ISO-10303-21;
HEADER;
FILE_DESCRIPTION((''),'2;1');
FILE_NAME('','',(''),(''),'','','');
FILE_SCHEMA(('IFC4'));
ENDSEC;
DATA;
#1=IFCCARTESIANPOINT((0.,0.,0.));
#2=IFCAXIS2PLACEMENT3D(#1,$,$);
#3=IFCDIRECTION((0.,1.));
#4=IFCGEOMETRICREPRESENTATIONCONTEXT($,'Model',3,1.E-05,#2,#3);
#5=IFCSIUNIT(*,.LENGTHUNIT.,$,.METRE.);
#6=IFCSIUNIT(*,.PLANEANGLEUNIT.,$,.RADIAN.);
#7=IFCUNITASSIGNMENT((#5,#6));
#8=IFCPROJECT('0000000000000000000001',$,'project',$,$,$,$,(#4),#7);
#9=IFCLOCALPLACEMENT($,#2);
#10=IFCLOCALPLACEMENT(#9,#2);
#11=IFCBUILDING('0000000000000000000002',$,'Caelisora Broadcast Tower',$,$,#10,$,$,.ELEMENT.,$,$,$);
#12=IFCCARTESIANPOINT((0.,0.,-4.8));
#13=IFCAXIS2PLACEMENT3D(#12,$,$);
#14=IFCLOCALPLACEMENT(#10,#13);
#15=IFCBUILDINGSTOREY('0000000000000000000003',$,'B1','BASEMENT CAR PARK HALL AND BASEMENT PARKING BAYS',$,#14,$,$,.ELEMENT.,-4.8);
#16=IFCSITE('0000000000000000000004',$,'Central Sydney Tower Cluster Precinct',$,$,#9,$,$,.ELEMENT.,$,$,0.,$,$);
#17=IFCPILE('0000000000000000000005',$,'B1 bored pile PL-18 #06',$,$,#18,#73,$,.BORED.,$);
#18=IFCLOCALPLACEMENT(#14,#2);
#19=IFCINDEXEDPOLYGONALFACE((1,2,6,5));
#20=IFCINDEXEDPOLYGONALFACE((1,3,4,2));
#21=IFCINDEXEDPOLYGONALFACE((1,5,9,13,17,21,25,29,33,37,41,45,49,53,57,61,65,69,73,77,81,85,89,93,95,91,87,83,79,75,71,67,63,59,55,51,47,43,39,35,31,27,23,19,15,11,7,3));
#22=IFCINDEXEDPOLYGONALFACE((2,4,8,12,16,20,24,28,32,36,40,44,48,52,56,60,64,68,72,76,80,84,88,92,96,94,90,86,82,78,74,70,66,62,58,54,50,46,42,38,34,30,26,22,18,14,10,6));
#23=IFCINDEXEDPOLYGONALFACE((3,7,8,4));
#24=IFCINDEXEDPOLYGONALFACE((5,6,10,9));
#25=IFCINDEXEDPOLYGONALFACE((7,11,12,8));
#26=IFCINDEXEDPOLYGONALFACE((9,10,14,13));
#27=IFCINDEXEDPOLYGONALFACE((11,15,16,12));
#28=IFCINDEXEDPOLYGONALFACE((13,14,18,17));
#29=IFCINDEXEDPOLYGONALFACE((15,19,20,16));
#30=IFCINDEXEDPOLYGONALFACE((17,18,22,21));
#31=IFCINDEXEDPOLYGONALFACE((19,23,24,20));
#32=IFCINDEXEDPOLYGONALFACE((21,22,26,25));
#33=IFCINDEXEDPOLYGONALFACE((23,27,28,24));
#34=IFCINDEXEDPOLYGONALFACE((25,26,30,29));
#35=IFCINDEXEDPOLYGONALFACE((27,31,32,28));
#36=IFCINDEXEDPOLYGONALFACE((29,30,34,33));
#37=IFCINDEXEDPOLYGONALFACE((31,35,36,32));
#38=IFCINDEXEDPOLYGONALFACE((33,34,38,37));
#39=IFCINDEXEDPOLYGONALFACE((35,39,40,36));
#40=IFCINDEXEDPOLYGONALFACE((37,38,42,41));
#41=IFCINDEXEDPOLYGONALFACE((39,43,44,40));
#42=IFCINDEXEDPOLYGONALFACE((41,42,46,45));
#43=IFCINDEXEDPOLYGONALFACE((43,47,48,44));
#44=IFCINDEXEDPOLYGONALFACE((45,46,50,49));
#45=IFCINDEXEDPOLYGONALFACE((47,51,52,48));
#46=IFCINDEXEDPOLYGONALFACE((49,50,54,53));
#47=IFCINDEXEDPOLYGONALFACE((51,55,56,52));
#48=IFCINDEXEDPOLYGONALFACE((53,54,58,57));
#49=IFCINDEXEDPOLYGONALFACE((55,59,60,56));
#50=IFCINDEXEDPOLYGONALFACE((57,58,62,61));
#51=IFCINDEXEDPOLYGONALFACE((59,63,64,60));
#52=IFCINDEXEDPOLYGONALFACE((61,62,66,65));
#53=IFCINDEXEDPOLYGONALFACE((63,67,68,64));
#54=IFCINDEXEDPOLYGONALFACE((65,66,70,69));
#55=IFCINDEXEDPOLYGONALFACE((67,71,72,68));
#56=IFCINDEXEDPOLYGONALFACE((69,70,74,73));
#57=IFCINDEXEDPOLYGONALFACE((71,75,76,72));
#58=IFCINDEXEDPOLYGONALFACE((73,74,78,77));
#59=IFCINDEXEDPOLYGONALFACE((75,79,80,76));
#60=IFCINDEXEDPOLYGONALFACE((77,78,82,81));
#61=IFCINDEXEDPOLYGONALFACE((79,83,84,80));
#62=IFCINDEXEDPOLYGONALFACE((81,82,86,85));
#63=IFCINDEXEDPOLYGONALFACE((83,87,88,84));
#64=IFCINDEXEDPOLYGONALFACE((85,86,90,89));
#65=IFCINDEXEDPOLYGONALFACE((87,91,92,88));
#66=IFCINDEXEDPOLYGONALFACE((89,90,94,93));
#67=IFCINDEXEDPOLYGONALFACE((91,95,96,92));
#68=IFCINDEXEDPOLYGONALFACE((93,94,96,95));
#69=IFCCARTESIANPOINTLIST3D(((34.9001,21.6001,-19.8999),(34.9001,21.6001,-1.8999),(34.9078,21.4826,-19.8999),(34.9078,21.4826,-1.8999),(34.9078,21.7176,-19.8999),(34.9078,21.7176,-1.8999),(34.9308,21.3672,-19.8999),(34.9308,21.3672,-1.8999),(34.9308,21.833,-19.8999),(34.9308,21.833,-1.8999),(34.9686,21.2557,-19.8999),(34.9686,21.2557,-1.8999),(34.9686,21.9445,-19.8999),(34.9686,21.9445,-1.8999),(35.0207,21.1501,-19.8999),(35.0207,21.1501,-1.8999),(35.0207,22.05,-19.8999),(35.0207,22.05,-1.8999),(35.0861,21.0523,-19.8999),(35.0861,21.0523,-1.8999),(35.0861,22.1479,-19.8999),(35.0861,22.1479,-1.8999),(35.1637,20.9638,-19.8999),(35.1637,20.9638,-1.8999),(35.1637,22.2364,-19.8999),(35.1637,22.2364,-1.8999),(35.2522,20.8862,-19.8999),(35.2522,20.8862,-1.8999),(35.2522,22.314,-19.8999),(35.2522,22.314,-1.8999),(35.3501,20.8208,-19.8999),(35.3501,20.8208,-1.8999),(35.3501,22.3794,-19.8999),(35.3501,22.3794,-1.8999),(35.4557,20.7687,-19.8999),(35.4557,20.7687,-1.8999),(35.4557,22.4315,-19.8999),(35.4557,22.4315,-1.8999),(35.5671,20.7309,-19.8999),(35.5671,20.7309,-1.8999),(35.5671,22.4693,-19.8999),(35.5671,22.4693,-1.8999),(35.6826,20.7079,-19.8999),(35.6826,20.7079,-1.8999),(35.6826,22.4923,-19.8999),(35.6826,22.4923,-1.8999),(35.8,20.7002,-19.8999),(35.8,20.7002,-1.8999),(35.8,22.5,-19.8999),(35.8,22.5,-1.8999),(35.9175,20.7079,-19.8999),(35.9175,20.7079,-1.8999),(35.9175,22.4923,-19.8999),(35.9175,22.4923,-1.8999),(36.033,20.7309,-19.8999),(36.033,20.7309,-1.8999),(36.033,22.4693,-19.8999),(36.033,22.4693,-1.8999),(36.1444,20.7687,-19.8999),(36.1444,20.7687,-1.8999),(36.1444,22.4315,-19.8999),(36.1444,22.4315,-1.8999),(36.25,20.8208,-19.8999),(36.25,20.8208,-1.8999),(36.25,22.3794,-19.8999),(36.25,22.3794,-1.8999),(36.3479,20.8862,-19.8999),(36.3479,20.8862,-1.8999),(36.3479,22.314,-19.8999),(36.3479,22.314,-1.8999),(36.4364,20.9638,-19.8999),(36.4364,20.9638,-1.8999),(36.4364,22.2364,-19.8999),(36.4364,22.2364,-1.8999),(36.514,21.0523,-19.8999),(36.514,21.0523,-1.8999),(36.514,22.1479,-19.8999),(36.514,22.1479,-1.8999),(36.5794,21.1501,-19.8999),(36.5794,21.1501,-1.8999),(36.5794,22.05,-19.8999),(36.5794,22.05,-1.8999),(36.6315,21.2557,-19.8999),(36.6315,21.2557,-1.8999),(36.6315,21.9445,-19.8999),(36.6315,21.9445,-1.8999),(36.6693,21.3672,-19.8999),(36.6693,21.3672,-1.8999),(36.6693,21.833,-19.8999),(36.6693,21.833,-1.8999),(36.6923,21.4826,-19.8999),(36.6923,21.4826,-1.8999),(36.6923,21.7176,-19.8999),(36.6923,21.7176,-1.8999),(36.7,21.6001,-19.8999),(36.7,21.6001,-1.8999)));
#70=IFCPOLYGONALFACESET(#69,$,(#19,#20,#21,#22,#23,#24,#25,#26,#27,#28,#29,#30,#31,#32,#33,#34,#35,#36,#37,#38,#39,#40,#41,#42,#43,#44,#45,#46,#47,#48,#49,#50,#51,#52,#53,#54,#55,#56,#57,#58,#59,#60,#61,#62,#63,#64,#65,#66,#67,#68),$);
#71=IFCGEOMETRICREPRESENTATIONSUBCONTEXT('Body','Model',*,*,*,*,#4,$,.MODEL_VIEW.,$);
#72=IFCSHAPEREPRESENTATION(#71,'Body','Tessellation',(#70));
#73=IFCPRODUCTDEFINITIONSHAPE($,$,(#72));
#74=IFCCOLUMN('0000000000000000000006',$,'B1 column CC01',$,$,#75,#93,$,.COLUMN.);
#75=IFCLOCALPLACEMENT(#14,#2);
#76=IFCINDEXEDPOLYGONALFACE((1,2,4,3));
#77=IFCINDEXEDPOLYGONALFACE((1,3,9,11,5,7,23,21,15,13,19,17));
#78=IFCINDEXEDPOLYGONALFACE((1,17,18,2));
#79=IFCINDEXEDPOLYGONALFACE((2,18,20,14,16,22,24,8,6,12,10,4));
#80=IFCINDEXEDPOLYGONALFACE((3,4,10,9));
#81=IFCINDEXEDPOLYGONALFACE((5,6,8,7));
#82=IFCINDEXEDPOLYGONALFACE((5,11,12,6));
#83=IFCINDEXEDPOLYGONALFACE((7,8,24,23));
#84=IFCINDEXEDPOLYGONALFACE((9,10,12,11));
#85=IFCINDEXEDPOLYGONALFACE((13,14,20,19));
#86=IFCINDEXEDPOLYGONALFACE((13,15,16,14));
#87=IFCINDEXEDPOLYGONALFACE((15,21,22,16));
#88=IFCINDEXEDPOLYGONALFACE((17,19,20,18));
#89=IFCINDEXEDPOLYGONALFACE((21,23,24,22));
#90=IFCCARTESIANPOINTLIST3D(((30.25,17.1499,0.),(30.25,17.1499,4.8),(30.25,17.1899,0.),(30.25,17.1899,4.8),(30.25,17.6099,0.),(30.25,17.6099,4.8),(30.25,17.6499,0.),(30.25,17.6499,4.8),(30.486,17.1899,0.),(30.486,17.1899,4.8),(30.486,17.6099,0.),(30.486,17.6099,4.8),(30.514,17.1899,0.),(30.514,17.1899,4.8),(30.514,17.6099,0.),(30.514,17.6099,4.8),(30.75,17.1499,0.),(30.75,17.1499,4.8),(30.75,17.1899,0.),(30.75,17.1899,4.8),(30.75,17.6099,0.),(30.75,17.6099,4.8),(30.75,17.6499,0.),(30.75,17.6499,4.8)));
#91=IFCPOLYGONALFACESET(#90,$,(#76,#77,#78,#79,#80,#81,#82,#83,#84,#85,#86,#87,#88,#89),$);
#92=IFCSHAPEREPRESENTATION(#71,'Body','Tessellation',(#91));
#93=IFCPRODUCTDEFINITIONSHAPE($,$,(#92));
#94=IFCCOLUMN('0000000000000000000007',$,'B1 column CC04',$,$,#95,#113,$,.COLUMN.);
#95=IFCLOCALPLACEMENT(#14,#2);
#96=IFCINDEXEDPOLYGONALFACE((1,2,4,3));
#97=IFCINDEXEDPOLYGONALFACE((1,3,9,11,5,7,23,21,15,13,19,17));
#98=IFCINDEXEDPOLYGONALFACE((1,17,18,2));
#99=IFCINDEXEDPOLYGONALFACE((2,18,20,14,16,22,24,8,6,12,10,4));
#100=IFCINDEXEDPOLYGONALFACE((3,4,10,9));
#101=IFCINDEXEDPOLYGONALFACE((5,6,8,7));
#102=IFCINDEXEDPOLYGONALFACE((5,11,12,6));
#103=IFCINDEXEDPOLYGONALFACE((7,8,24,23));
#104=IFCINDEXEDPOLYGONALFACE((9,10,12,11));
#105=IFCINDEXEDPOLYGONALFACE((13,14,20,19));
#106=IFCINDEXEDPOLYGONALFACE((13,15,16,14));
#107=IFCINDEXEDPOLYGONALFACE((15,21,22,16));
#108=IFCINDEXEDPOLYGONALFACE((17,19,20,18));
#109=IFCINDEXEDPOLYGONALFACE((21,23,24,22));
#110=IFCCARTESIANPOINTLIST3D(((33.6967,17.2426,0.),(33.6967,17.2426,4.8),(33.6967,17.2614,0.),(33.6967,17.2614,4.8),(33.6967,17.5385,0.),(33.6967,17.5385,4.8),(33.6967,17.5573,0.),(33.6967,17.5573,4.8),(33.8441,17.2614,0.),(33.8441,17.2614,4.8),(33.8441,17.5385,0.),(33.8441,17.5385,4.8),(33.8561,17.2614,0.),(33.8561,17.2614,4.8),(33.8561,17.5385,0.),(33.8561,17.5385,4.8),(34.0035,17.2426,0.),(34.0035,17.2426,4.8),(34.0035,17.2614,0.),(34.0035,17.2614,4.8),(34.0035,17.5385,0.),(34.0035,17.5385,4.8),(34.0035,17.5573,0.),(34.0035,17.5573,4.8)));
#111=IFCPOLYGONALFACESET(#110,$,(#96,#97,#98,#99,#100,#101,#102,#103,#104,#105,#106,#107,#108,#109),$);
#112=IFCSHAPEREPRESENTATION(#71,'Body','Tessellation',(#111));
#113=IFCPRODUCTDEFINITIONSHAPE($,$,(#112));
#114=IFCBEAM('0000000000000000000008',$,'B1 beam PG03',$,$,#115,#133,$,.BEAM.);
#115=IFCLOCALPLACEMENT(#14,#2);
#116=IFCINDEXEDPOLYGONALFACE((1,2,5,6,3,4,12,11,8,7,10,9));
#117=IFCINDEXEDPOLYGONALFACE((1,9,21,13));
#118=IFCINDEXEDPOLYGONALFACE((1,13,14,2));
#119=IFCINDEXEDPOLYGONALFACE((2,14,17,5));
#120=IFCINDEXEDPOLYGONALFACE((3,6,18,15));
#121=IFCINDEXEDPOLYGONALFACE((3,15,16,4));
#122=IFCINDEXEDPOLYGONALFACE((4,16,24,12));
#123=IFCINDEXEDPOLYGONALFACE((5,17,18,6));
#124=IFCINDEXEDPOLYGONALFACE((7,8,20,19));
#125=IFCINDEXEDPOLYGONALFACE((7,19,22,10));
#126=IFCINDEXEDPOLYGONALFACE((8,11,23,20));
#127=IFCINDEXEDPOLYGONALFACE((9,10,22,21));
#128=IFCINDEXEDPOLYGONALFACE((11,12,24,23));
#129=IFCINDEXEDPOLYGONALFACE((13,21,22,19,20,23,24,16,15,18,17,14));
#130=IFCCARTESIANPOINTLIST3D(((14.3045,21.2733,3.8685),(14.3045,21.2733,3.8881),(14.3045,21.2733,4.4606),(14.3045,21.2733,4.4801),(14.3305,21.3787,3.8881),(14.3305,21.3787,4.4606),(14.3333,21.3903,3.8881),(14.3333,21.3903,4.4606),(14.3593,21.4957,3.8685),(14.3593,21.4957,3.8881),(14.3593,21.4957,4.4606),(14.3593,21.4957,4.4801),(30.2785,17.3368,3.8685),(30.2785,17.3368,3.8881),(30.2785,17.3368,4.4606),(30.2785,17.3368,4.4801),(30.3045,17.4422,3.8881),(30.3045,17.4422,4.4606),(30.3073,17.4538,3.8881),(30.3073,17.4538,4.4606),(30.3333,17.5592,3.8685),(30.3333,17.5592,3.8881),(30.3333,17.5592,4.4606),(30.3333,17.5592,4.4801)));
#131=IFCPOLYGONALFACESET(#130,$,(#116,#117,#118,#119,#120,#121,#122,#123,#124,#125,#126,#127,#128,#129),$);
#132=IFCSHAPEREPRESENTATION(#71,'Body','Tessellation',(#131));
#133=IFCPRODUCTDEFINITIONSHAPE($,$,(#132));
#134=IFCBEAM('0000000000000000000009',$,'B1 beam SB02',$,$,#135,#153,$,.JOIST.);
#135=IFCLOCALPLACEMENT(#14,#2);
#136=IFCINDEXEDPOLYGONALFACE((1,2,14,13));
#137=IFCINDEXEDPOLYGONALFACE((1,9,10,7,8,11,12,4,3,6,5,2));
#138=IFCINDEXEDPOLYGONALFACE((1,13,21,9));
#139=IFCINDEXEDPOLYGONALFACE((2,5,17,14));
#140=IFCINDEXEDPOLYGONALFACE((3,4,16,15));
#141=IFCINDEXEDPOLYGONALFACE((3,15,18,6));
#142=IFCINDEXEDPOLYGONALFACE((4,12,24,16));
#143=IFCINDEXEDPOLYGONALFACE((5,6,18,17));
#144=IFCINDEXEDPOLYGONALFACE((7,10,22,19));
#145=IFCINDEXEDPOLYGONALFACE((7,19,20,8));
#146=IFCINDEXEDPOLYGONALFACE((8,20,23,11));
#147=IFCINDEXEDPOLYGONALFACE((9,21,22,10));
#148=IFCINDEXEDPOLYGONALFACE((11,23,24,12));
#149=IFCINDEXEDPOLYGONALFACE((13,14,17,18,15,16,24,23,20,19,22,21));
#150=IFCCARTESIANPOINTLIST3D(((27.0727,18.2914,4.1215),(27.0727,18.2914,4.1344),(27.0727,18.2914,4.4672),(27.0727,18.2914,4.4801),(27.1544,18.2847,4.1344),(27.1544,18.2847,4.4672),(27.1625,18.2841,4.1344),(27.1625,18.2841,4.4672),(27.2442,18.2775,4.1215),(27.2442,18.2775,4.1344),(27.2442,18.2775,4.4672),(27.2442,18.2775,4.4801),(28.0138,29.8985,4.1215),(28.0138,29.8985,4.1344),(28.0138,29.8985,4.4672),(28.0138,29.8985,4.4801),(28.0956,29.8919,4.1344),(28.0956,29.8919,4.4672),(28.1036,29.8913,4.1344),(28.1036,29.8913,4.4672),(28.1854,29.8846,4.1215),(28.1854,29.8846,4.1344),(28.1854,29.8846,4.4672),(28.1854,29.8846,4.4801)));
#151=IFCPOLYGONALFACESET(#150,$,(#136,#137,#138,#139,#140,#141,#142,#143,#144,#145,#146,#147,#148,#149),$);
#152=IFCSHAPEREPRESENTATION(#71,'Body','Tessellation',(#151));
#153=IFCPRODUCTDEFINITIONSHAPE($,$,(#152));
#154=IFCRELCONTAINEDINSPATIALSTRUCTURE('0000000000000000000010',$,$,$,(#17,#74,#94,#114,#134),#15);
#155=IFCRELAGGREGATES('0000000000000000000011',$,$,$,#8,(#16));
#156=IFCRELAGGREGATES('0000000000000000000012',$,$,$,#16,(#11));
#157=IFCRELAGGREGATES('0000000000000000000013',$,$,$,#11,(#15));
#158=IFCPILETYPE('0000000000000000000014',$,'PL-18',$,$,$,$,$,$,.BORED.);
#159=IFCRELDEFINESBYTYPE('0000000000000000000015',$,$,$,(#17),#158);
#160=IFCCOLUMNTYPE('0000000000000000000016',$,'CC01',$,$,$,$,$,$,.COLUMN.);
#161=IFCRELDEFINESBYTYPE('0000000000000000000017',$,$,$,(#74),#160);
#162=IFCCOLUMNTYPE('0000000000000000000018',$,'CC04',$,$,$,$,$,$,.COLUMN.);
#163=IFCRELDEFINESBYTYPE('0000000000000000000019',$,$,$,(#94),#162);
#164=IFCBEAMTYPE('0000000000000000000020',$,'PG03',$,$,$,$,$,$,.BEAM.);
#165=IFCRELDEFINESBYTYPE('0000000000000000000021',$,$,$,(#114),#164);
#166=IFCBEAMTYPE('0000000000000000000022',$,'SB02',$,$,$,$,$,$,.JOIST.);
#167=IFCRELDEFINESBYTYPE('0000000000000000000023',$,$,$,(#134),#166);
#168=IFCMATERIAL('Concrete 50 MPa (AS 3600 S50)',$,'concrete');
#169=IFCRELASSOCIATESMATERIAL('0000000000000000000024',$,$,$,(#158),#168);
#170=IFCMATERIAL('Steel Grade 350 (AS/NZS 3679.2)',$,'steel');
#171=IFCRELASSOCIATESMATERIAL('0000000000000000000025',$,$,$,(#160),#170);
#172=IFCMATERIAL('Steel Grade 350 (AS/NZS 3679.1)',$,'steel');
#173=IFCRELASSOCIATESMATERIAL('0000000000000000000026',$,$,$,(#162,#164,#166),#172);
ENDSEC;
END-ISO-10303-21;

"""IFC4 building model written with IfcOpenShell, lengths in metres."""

from ifc_helpers import new_model, si_unit, direction, frame, origin, origin_2d, place, context, subcontext, project, spatial, circle, i_section, extrude, source, transform, mapped, material, material_profile, profile_set, type_object, type_shapes, element, save


model = new_model("IFC4")

# Units and contexts
model_context = context("Model", 3, precision=1e-05, world=origin(), true_north=direction((0.0, 1.0)))
body_context = subcontext(model_context, "Body", "Model", "MODEL_VIEW")
ifc_project = project(units=[si_unit("LENGTHUNIT", "METRE"), si_unit("PLANEANGLEUNIT", "RADIAN")], contexts=[model_context])

# Site, building, storey
site_placement = place(None, origin())
site = spatial("IfcSite", under=ifc_project, at=site_placement, Name="Central Sydney Tower Cluster Precinct", CompositionType="ELEMENT", RefElevation=0.0)
building_placement = place(site_placement, origin())
building = spatial("IfcBuilding", under=site, at=building_placement, Name="Caelisora Broadcast Tower", CompositionType="ELEMENT")
storey_placement = place(building_placement, frame((0.0, 0.0, -4.8)))
storey = spatial("IfcBuildingStorey", under=building, at=storey_placement, Name="B1", Description="BASEMENT CAR PARK HALL AND BASEMENT PARKING BAYS", CompositionType="ELEMENT", Elevation=-4.8)

# Pile
ifc_material_1 = material(Name="Concrete 50 MPa (AS 3600 S50)", Category="concrete")
ifc_material_profile_1 = material_profile(ifc_material_1, circle(Radius=0.8999, at=origin_2d()), Name="Concrete 50 MPa (AS 3600 S50)")
ifc_profile_set_1 = profile_set([ifc_material_profile_1], Name="Concrete 50 MPa (AS 3600 S50)")
pile_type = type_object("IfcPileType", Name="PL-18", PredefinedType="BORED", material=ifc_profile_set_1)
for number, where, z_axis, x_axis, name in (
    (1, (35.8, 21.6001, -1.8999), (0.0, 0.0, -1.0), (1.0, 0.0, 0.0), "B1 bored pile PL-18 #06"),
):
    element("IfcPile", number, at=place(storey_placement, frame(where, z_axis=z_axis, x_axis=x_axis)), inside=storey, type_object=pile_type, Name=name, PredefinedType="BORED", context=body_context, shape_type="SweptSolid", body=[
        extrude(circle(Radius=0.8999, at=origin_2d()), origin(), (0.0, 0.0, 1.0), 18.0),
    ])

# Columns
ifc_material_2 = material(Name="Steel Grade 350 (AS/NZS 3679.2)", Category="steel")
ifc_material_profile_2 = material_profile(ifc_material_2, i_section(OverallWidth=0.5, OverallDepth=0.5, WebThickness=0.0281, FlangeThickness=0.04, at=origin_2d()), Name="Steel Grade 350 (AS/NZS 3679.2)")
ifc_profile_set_2 = profile_set([ifc_material_profile_2], Name="Steel Grade 350 (AS/NZS 3679.2)")
column_type_1 = type_object("IfcColumnType", Name="CC01", PredefinedType="COLUMN", material=ifc_profile_set_2)
shared_shape_1 = source(origin(), body_context, "Body", "SweptSolid", [
    extrude(i_section(OverallWidth=0.5, OverallDepth=0.5, WebThickness=0.0281, FlangeThickness=0.04, at=origin_2d()), origin(), (0.0, 0.0, 1.0), 4.8),
])
type_shapes(column_type_1, [shared_shape_1])
column_1_placement = place(storey_placement, frame((30.5, 17.3999, 0.0), z_axis=(0.0, 0.0, 1.0), x_axis=(1.0, 0.0, 0.0)))
element("IfcColumn", 2, at=column_1_placement, inside=storey, type_object=column_type_1, Name="B1 column CC01", PredefinedType="COLUMN", context=body_context, shape_type="MappedRepresentation", body=[
    mapped(shared_shape_1, transform((0.0, 0.0, 0.0), scale=1.0)),
])
ifc_material_3 = material(Name="Steel Grade 350 (AS/NZS 3679.1)", Category="steel")
ifc_material_profile_3 = material_profile(ifc_material_3, i_section(OverallWidth=0.3069, OverallDepth=0.3147, WebThickness=0.012, FlangeThickness=0.0188, at=origin_2d()), Name="Steel Grade 350 (AS/NZS 3679.1)")
ifc_profile_set_3 = profile_set([ifc_material_profile_3], Name="Steel Grade 350 (AS/NZS 3679.1)")
column_type_2 = type_object("IfcColumnType", Name="CC04", PredefinedType="COLUMN", material=ifc_profile_set_3)
shared_shape_2 = source(origin(), body_context, "Body", "SweptSolid", [
    extrude(i_section(OverallWidth=0.3069, OverallDepth=0.3147, WebThickness=0.012, FlangeThickness=0.0188, at=origin_2d()), origin(), (0.0, 0.0, 1.0), 4.8),
])
type_shapes(column_type_2, [shared_shape_2])
column_2_placement = place(storey_placement, frame((33.8501, 17.3999, 0.0), z_axis=(0.0, 0.0, 1.0), x_axis=(1.0, 0.0, 0.0)))
element("IfcColumn", 3, at=column_2_placement, inside=storey, type_object=column_type_2, Name="B1 column CC04", PredefinedType="COLUMN", context=body_context, shape_type="MappedRepresentation", body=[
    mapped(shared_shape_2, transform((0.0, 0.0, 0.0), scale=1.0)),
])

# Beams
ifc_material_profile_4 = material_profile(ifc_material_3, i_section(OverallWidth=0.229, OverallDepth=0.6116, WebThickness=0.012, FlangeThickness=0.0195, at=origin_2d()), Name="Steel Grade 350 (AS/NZS 3679.1)")
ifc_profile_set_4 = profile_set([ifc_material_profile_4], Name="Steel Grade 350 (AS/NZS 3679.1)")
beam_type_1 = type_object("IfcBeamType", Name="PG03", PredefinedType="BEAM", material=ifc_profile_set_4)
shared_shape_3 = source(origin(), body_context, "Body", "SweptSolid", [
    extrude(i_section(OverallWidth=0.229, OverallDepth=0.6116, WebThickness=0.012, FlangeThickness=0.0195, at=origin_2d()), origin(), (0.0, 0.0, 1.0), 16.4519),
])
type_shapes(beam_type_1, [shared_shape_3])
beam_1_placement = place(storey_placement, frame((30.3059, 17.448, 4.1743), z_axis=(-0.970952, 0.239273, 0.0), x_axis=(-0.239273, -0.970952, 0.0)))
element("IfcBeam", 4, at=beam_1_placement, inside=storey, type_object=beam_type_1, Name="B1 beam PG03", PredefinedType="BEAM", context=body_context, shape_type="MappedRepresentation", body=[
    mapped(shared_shape_3, transform((0.0, 0.0, 0.0), scale=1.0)),
])
ifc_material_profile_5 = material_profile(ifc_material_3, i_section(OverallWidth=0.1721, OverallDepth=0.3586, WebThickness=0.0081, FlangeThickness=0.0129, at=origin_2d()), Name="Steel Grade 350 (AS/NZS 3679.1)")
ifc_profile_set_5 = profile_set([ifc_material_profile_5], Name="Steel Grade 350 (AS/NZS 3679.1)")
beam_type_2 = type_object("IfcBeamType", Name="SB02", PredefinedType="JOIST", material=ifc_profile_set_5)
shared_shape_4 = source(origin(), body_context, "Body", "SweptSolid", [
    extrude(i_section(OverallWidth=0.1721, OverallDepth=0.3586, WebThickness=0.0081, FlangeThickness=0.0129, at=origin_2d()), origin(), (0.0, 0.0, 1.0), 11.6453),
])
type_shapes(beam_type_2, [shared_shape_4])
beam_2_placement = place(storey_placement, frame((27.1584, 18.2844, 4.3008), z_axis=(0.080819, 0.996729, 0.0), x_axis=(-0.996729, 0.080819, 0.0)))
element("IfcBeam", 5, at=beam_2_placement, inside=storey, type_object=beam_type_2, Name="B1 beam SB02", PredefinedType="JOIST", context=body_context, shape_type="MappedRepresentation", body=[
    mapped(shared_shape_4, transform((0.0, 0.0, 0.0), scale=1.0)),
])

save(model, "model.ifc")
